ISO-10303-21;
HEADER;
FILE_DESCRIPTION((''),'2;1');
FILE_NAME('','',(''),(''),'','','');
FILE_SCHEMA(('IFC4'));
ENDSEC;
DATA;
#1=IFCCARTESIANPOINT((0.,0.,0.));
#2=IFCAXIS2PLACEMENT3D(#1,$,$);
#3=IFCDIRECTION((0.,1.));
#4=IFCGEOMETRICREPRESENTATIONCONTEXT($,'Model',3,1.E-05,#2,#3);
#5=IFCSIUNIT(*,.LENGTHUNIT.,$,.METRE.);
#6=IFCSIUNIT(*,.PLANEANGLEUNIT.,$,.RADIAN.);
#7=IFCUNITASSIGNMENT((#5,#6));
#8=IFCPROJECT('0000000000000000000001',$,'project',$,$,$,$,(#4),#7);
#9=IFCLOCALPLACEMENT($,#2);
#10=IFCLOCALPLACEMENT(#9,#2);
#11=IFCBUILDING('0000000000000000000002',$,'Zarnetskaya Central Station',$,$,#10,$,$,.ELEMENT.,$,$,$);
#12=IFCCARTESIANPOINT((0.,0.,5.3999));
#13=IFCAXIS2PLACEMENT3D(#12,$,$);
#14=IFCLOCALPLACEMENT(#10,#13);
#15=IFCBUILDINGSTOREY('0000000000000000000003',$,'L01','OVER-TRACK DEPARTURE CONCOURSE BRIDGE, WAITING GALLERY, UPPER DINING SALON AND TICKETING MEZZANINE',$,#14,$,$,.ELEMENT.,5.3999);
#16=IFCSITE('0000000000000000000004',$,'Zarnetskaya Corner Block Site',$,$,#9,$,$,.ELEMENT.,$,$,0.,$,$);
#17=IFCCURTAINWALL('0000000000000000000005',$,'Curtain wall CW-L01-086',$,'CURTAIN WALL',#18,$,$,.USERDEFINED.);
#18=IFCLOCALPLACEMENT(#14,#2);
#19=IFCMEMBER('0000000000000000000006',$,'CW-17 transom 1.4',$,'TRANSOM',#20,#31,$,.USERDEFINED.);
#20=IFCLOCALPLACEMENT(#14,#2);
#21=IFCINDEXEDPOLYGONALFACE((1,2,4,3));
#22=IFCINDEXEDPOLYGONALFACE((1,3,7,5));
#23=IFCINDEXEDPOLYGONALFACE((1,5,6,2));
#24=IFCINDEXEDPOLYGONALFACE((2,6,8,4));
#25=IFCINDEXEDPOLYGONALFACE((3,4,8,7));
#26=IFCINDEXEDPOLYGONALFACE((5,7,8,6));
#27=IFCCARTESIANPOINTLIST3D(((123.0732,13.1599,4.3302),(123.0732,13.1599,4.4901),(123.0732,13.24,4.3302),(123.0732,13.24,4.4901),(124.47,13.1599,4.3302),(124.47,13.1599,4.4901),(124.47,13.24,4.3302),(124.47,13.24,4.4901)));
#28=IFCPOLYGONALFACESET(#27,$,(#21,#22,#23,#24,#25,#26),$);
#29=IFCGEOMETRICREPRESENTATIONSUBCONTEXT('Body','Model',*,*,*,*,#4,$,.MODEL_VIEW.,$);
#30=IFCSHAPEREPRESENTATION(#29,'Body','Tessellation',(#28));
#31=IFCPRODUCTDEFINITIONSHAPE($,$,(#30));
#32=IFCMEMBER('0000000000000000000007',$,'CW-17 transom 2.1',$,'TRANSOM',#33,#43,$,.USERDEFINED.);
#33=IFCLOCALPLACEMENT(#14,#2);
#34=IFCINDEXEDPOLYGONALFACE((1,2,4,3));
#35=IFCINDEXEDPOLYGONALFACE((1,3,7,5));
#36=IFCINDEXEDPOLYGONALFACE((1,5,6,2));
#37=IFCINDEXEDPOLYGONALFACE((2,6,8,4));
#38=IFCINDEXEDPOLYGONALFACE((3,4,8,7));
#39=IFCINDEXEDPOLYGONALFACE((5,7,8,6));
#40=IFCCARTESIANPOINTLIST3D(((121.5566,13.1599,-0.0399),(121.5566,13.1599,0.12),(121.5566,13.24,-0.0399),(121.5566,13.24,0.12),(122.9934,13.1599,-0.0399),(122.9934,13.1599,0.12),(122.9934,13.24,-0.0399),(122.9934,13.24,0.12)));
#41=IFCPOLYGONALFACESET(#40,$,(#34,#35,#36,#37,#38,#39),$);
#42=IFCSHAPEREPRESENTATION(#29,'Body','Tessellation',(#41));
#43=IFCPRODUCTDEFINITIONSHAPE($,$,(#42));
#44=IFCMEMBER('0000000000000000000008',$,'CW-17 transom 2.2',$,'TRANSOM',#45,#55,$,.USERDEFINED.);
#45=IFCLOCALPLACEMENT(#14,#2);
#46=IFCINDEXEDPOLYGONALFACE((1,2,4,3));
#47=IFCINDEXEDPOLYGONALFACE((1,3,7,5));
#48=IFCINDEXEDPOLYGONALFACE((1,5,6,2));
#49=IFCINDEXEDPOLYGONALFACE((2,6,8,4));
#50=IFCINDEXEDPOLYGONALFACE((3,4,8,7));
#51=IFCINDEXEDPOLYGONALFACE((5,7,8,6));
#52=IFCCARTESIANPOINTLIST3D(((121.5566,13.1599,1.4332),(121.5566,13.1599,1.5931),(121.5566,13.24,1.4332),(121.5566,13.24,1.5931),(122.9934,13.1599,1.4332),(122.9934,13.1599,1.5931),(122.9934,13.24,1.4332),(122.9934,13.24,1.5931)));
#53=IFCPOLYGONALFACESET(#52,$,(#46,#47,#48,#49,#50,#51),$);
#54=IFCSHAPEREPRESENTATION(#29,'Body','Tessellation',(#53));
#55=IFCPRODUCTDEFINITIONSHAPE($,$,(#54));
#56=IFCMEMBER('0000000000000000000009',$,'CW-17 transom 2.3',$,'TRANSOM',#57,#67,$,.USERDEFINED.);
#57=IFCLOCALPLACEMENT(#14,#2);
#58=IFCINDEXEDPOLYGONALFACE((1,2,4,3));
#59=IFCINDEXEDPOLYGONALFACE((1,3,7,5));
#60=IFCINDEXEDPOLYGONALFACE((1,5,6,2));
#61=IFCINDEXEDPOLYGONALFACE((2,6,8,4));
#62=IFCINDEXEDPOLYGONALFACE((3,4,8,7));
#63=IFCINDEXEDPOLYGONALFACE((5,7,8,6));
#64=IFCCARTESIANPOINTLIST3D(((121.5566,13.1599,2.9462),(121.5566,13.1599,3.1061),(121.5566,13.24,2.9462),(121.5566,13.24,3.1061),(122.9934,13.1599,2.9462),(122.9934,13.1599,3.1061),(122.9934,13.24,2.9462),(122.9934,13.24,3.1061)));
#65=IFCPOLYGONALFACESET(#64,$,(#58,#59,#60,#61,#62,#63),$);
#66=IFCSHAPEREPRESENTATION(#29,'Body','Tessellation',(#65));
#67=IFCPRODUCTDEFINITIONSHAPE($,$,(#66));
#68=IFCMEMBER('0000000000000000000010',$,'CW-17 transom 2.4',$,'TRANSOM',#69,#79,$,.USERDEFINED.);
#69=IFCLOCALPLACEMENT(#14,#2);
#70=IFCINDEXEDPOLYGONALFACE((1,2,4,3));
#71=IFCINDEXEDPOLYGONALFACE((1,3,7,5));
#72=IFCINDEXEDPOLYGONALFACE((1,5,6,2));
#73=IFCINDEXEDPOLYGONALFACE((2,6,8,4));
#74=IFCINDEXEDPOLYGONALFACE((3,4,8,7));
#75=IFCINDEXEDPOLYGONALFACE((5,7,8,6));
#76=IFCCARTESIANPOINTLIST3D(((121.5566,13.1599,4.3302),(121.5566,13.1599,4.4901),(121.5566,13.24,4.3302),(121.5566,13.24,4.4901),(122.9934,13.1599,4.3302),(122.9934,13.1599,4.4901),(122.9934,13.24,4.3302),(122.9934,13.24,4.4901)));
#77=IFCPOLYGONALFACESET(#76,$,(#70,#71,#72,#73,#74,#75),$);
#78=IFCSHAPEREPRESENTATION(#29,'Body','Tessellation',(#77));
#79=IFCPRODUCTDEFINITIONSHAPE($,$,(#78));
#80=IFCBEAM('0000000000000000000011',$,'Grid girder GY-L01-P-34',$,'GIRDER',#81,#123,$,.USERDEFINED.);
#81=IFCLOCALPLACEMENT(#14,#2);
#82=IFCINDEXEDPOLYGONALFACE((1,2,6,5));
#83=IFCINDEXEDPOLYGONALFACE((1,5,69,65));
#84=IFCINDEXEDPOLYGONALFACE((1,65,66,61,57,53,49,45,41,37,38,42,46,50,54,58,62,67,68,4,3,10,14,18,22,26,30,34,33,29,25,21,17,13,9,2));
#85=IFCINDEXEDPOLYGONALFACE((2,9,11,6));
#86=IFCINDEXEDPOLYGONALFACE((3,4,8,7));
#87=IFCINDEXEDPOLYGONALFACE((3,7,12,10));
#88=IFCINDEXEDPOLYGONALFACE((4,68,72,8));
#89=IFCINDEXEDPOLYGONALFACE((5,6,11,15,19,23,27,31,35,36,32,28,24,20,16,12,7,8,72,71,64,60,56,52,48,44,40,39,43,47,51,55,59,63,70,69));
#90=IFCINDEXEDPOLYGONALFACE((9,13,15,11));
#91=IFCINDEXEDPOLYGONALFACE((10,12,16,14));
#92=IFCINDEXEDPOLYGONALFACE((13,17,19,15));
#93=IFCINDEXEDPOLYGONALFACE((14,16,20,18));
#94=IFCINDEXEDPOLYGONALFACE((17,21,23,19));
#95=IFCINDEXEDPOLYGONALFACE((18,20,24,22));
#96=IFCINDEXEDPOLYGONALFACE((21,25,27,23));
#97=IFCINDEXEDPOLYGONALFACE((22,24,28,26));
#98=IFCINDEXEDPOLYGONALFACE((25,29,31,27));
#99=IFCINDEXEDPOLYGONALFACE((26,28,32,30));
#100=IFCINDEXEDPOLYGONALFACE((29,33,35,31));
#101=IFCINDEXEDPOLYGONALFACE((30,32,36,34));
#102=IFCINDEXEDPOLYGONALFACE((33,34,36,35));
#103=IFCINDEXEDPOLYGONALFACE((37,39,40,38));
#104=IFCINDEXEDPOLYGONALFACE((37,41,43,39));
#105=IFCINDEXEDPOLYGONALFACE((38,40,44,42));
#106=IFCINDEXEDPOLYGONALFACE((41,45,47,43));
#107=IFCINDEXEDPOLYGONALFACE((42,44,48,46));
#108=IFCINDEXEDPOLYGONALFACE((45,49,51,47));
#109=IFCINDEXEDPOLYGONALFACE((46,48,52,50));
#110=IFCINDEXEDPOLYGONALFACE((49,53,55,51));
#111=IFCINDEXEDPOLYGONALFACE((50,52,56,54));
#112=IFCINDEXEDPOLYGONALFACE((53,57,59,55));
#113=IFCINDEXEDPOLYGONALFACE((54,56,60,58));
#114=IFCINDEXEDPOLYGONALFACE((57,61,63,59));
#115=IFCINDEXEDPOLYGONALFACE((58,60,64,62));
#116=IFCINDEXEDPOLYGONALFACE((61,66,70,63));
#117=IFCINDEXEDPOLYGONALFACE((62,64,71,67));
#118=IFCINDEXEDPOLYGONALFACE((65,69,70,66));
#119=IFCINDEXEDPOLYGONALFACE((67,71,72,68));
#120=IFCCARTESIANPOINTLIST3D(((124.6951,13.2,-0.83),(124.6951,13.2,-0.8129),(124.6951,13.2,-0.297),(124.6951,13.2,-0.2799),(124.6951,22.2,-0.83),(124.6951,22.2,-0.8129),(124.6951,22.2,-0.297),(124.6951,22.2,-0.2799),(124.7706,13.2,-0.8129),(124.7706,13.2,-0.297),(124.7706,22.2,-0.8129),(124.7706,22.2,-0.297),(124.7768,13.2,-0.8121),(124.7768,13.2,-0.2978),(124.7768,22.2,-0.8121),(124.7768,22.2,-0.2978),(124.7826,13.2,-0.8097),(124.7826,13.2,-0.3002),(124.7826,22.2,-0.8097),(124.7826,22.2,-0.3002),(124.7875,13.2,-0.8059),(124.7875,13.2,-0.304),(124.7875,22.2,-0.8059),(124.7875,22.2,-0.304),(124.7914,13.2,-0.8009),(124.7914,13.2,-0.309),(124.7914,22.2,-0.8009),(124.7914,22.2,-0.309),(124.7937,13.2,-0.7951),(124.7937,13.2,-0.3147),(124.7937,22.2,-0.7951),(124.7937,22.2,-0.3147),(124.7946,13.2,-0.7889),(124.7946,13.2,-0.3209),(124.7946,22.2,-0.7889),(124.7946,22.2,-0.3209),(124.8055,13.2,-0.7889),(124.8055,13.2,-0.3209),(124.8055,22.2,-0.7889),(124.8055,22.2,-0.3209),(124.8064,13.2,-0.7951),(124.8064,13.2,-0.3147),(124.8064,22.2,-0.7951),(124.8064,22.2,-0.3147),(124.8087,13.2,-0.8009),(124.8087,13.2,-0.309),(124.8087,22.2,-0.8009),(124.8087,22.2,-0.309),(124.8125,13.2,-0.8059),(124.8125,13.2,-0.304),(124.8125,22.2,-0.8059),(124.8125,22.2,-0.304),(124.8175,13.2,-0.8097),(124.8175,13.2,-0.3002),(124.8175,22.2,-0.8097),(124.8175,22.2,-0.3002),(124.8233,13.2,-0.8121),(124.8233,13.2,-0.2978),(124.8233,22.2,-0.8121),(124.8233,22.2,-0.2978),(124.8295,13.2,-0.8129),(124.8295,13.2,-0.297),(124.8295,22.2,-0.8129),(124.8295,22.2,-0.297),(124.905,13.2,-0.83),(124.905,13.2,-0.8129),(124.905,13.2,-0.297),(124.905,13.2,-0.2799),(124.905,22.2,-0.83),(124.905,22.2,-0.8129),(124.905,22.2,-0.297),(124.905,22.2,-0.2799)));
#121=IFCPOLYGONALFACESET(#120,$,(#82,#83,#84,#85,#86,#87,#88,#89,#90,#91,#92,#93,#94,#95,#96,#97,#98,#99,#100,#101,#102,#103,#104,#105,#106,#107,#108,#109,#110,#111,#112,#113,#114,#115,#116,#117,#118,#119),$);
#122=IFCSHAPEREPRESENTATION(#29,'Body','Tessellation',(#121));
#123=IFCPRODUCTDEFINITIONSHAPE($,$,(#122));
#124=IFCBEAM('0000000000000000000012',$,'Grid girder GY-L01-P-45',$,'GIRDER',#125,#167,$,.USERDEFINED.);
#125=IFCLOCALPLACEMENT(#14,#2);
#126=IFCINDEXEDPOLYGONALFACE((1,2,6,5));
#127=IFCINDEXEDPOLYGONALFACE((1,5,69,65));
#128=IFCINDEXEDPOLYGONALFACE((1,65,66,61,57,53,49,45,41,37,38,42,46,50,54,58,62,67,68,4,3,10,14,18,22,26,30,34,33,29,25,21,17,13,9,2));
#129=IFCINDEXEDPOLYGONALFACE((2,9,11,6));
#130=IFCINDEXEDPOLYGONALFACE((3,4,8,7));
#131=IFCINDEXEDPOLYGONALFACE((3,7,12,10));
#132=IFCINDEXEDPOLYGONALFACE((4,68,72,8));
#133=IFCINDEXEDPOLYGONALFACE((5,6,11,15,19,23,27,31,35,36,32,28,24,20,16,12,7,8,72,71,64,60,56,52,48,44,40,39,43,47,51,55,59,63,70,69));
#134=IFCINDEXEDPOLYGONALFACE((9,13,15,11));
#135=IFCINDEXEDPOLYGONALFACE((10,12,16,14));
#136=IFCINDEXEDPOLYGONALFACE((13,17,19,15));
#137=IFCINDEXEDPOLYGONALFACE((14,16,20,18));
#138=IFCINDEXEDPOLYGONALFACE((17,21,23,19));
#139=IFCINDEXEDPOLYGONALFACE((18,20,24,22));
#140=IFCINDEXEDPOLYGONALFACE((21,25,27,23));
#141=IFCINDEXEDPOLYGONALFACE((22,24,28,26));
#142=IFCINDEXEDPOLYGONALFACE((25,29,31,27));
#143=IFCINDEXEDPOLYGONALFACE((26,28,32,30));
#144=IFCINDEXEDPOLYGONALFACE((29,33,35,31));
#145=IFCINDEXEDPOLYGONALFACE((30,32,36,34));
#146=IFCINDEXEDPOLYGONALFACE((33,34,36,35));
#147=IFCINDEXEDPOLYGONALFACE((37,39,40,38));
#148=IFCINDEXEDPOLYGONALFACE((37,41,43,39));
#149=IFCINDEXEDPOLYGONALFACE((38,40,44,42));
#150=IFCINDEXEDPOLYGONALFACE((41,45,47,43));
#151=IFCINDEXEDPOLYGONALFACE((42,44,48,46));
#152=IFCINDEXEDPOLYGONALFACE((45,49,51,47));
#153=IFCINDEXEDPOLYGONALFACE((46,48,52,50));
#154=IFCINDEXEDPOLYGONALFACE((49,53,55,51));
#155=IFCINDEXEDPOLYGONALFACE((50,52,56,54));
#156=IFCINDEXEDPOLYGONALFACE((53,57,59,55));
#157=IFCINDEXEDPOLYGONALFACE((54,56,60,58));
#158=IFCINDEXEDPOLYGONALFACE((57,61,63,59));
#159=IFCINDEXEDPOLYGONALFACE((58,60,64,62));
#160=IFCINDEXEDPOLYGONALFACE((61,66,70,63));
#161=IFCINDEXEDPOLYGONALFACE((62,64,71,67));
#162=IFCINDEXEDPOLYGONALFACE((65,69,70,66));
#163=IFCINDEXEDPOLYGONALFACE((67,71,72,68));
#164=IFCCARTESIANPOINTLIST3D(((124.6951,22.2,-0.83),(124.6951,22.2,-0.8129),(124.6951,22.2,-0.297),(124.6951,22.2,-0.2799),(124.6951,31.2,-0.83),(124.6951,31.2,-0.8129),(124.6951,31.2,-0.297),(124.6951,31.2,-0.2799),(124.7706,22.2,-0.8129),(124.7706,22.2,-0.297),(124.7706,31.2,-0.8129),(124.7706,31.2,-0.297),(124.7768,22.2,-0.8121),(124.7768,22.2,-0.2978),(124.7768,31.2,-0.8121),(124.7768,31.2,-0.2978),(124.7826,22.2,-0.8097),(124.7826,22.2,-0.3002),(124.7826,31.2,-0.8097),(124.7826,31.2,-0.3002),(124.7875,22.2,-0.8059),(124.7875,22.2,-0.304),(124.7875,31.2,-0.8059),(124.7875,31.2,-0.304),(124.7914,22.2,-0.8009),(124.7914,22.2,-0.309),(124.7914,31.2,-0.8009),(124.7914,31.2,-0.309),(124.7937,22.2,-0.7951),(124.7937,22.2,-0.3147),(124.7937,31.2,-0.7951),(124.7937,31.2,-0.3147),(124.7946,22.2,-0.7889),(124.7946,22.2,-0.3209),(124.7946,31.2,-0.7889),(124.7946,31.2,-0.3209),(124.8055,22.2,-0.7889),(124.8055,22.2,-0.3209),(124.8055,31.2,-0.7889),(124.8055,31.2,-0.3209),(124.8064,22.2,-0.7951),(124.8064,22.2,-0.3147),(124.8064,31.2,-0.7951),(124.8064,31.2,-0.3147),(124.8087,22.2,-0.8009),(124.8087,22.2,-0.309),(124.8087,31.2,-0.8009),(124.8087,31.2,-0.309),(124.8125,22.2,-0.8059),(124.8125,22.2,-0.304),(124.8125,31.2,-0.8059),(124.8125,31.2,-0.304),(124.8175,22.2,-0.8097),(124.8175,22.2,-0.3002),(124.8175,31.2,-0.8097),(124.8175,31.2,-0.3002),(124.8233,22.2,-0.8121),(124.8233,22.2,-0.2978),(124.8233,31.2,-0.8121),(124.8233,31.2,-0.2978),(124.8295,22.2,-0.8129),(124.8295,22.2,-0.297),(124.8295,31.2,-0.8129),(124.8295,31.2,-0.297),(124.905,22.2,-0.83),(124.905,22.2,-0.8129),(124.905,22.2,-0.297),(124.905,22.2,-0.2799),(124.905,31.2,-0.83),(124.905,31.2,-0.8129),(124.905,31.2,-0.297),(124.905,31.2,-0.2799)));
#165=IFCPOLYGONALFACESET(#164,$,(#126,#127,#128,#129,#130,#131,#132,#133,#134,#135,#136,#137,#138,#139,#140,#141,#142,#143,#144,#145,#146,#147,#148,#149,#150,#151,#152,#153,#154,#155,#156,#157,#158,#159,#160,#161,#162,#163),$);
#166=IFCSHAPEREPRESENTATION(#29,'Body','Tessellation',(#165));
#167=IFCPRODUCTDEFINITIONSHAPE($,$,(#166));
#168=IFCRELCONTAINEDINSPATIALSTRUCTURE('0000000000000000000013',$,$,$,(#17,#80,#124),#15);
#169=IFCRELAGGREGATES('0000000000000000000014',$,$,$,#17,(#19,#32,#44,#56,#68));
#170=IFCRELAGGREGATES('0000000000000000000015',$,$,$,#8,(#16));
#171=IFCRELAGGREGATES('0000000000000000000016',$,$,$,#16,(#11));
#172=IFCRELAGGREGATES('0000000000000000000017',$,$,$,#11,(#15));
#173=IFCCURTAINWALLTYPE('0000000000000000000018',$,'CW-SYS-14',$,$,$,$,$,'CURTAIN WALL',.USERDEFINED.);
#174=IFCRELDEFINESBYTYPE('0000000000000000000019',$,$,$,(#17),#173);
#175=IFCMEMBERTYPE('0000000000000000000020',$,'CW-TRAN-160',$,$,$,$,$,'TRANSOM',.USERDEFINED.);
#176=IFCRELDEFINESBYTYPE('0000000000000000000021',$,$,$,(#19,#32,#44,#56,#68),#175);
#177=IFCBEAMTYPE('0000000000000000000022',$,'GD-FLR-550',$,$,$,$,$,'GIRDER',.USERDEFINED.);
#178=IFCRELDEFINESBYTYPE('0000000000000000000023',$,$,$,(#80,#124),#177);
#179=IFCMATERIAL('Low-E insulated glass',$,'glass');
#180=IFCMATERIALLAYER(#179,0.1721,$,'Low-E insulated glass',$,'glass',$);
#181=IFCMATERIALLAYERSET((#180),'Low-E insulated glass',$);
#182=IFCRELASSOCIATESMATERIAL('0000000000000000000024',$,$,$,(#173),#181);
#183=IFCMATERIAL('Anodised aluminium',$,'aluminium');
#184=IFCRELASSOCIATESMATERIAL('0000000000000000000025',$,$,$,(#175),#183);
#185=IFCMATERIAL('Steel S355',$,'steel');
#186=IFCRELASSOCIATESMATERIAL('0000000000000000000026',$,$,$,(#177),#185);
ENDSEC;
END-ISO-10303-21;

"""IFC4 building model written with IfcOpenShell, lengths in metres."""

from ifc_helpers import new_model, si_unit, direction, frame, origin, origin_2d, place, context, subcontext, project, spatial, rectangle, i_section, extrude, material, layer, layer_set, material_profile, profile_set, type_object, element, aggregate, save


model = new_model("IFC4")

# Units and contexts
model_context = context("Model", 3, precision=1e-05, world=origin(), true_north=direction((0.0, 1.0)))
body_context = subcontext(model_context, "Body", "Model", "MODEL_VIEW")
ifc_project = project(units=[si_unit("LENGTHUNIT", "METRE"), si_unit("PLANEANGLEUNIT", "RADIAN")], contexts=[model_context])

# Site, building, storey
site_placement = place(None, origin())
site = spatial("IfcSite", under=ifc_project, at=site_placement, Name="Zarnetskaya Corner Block Site", CompositionType="ELEMENT", RefElevation=0.0)
building_placement = place(site_placement, origin())
building = spatial("IfcBuilding", under=site, at=building_placement, Name="Zarnetskaya Central Station", CompositionType="ELEMENT")
storey_placement = place(building_placement, frame((0.0, 0.0, 5.3999)))
storey = spatial("IfcBuildingStorey", under=building, at=storey_placement, Name="L01", Description="OVER-TRACK DEPARTURE CONCOURSE BRIDGE, WAITING GALLERY, UPPER DINING SALON AND TICKETING MEZZANINE", CompositionType="ELEMENT", Elevation=5.3999)

# Shared definitions
ifc_material_1 = material(Name="Steel S355", Category="steel")

# Curtain wall
ifc_material_2 = material(Name="Low-E insulated glass", Category="glass")
ifc_material_3 = material(Name="Anodised aluminium", Category="aluminium")
ifc_layer_1 = layer(ifc_material_2, 0.1721, Name="Low-E insulated glass", Category="glass")
ifc_layer_set_1 = layer_set([ifc_layer_1], Name="Low-E insulated glass")
curtain_wall_type_1 = type_object("IfcCurtainWallType", Name="CW-SYS-14", ElementType="CURTAIN WALL", PredefinedType="USERDEFINED", material=ifc_layer_set_1)
curtain_wall_1_placement = place(storey_placement, origin())
curtain_wall_1 = element("IfcCurtainWall", 1, at=curtain_wall_1_placement, inside=storey, type_object=curtain_wall_type_1, Name="Curtain wall CW-L01-086", ObjectType="CURTAIN WALL", PredefinedType="USERDEFINED")

# Members
ifc_material_profile_1 = material_profile(ifc_material_3, rectangle(XDim=0.0801, YDim=0.1599, at=origin_2d()), Name="ALU TRAN 80x160")
ifc_profile_set_1 = profile_set([ifc_material_profile_1], Name="Anodised aluminium")
member_type_1 = type_object("IfcMemberType", Name="CW-TRAN-160", ElementType="TRANSOM", PredefinedType="USERDEFINED", material=ifc_profile_set_1)
member_1_placement = place(storey_placement, frame((124.47, 13.2, 4.4102), z_axis=(-1.0, 0.0, 0.0), x_axis=(0.0, -1.0, 0.0)))
member_1 = element("IfcMember", 2, at=member_1_placement, type_object=member_type_1, Name="CW-17 transom 1.4", ObjectType="TRANSOM", PredefinedType="USERDEFINED", context=body_context, shape_type="SweptSolid", body=[
    extrude(rectangle(XDim=0.0801, YDim=0.1599, at=origin_2d()), origin(), (0.0, 0.0, 1.0), 1.3967),
])
member_2_placement = place(storey_placement, frame((122.9934, 13.2, 0.04), z_axis=(-1.0, 0.0, 0.0), x_axis=(0.0, -1.0, 0.0)))
member_2 = element("IfcMember", 3, at=member_2_placement, type_object=member_type_1, Name="CW-17 transom 2.1", ObjectType="TRANSOM", PredefinedType="USERDEFINED", context=body_context, shape_type="SweptSolid", body=[
    extrude(rectangle(XDim=0.0801, YDim=0.1599, at=origin_2d()), origin(), (0.0, 0.0, 1.0), 1.4368),
])
member_3_placement = place(storey_placement, frame((122.9934, 13.2, 1.5132), z_axis=(-1.0, 0.0, 0.0), x_axis=(0.0, -1.0, 0.0)))
member_3 = element("IfcMember", 4, at=member_3_placement, type_object=member_type_1, Name="CW-17 transom 2.2", ObjectType="TRANSOM", PredefinedType="USERDEFINED", context=body_context, shape_type="SweptSolid", body=[
    extrude(rectangle(XDim=0.0801, YDim=0.1599, at=origin_2d()), origin(), (0.0, 0.0, 1.0), 1.4368),
])
member_4_placement = place(storey_placement, frame((122.9934, 13.2, 3.0261), z_axis=(-1.0, 0.0, 0.0), x_axis=(0.0, -1.0, 0.0)))
member_4 = element("IfcMember", 5, at=member_4_placement, type_object=member_type_1, Name="CW-17 transom 2.3", ObjectType="TRANSOM", PredefinedType="USERDEFINED", context=body_context, shape_type="SweptSolid", body=[
    extrude(rectangle(XDim=0.0801, YDim=0.1599, at=origin_2d()), origin(), (0.0, 0.0, 1.0), 1.4368),
])
member_5_placement = place(storey_placement, frame((122.9934, 13.2, 4.4102), z_axis=(-1.0, 0.0, 0.0), x_axis=(0.0, -1.0, 0.0)))
member_5 = element("IfcMember", 6, at=member_5_placement, type_object=member_type_1, Name="CW-17 transom 2.4", ObjectType="TRANSOM", PredefinedType="USERDEFINED", context=body_context, shape_type="SweptSolid", body=[
    extrude(rectangle(XDim=0.0801, YDim=0.1599, at=origin_2d()), origin(), (0.0, 0.0, 1.0), 1.4368),
])

# Beams
ifc_material_profile_2 = material_profile(ifc_material_1, i_section(OverallWidth=0.21, OverallDepth=0.55, WebThickness=0.011, FlangeThickness=0.0171, FilletRadius=0.0239, at=origin_2d()), Name="IPE 550")
ifc_profile_set_2 = profile_set([ifc_material_profile_2], Name="Steel S355")
beam_type_1 = type_object("IfcBeamType", Name="GD-FLR-550", ElementType="GIRDER", PredefinedType="USERDEFINED", material=ifc_profile_set_2)
for number, where, z_axis, x_axis, name in (
    (7, (124.8, 13.2, -0.5549), (0.0, 1.0, 0.0), (-1.0, 0.0, 0.0), "Grid girder GY-L01-P-34"),
    (8, (124.8, 22.2, -0.5549), (0.0, 1.0, 0.0), (-1.0, 0.0, 0.0), "Grid girder GY-L01-P-45"),
):
    element("IfcBeam", number, at=place(storey_placement, frame(where, z_axis=z_axis, x_axis=x_axis)), inside=storey, type_object=beam_type_1, Name=name, ObjectType="GIRDER", PredefinedType="USERDEFINED", context=body_context, shape_type="SweptSolid", body=[
        extrude(i_section(OverallWidth=0.21, OverallDepth=0.55, WebThickness=0.011, FlangeThickness=0.0171, FilletRadius=0.0239, at=origin_2d()), origin(), (0.0, 0.0, 1.0), 9.0),
    ])

aggregate(curtain_wall_1, [member_1, member_2, member_3, member_4, member_5])

save(model, "model.ifc")
